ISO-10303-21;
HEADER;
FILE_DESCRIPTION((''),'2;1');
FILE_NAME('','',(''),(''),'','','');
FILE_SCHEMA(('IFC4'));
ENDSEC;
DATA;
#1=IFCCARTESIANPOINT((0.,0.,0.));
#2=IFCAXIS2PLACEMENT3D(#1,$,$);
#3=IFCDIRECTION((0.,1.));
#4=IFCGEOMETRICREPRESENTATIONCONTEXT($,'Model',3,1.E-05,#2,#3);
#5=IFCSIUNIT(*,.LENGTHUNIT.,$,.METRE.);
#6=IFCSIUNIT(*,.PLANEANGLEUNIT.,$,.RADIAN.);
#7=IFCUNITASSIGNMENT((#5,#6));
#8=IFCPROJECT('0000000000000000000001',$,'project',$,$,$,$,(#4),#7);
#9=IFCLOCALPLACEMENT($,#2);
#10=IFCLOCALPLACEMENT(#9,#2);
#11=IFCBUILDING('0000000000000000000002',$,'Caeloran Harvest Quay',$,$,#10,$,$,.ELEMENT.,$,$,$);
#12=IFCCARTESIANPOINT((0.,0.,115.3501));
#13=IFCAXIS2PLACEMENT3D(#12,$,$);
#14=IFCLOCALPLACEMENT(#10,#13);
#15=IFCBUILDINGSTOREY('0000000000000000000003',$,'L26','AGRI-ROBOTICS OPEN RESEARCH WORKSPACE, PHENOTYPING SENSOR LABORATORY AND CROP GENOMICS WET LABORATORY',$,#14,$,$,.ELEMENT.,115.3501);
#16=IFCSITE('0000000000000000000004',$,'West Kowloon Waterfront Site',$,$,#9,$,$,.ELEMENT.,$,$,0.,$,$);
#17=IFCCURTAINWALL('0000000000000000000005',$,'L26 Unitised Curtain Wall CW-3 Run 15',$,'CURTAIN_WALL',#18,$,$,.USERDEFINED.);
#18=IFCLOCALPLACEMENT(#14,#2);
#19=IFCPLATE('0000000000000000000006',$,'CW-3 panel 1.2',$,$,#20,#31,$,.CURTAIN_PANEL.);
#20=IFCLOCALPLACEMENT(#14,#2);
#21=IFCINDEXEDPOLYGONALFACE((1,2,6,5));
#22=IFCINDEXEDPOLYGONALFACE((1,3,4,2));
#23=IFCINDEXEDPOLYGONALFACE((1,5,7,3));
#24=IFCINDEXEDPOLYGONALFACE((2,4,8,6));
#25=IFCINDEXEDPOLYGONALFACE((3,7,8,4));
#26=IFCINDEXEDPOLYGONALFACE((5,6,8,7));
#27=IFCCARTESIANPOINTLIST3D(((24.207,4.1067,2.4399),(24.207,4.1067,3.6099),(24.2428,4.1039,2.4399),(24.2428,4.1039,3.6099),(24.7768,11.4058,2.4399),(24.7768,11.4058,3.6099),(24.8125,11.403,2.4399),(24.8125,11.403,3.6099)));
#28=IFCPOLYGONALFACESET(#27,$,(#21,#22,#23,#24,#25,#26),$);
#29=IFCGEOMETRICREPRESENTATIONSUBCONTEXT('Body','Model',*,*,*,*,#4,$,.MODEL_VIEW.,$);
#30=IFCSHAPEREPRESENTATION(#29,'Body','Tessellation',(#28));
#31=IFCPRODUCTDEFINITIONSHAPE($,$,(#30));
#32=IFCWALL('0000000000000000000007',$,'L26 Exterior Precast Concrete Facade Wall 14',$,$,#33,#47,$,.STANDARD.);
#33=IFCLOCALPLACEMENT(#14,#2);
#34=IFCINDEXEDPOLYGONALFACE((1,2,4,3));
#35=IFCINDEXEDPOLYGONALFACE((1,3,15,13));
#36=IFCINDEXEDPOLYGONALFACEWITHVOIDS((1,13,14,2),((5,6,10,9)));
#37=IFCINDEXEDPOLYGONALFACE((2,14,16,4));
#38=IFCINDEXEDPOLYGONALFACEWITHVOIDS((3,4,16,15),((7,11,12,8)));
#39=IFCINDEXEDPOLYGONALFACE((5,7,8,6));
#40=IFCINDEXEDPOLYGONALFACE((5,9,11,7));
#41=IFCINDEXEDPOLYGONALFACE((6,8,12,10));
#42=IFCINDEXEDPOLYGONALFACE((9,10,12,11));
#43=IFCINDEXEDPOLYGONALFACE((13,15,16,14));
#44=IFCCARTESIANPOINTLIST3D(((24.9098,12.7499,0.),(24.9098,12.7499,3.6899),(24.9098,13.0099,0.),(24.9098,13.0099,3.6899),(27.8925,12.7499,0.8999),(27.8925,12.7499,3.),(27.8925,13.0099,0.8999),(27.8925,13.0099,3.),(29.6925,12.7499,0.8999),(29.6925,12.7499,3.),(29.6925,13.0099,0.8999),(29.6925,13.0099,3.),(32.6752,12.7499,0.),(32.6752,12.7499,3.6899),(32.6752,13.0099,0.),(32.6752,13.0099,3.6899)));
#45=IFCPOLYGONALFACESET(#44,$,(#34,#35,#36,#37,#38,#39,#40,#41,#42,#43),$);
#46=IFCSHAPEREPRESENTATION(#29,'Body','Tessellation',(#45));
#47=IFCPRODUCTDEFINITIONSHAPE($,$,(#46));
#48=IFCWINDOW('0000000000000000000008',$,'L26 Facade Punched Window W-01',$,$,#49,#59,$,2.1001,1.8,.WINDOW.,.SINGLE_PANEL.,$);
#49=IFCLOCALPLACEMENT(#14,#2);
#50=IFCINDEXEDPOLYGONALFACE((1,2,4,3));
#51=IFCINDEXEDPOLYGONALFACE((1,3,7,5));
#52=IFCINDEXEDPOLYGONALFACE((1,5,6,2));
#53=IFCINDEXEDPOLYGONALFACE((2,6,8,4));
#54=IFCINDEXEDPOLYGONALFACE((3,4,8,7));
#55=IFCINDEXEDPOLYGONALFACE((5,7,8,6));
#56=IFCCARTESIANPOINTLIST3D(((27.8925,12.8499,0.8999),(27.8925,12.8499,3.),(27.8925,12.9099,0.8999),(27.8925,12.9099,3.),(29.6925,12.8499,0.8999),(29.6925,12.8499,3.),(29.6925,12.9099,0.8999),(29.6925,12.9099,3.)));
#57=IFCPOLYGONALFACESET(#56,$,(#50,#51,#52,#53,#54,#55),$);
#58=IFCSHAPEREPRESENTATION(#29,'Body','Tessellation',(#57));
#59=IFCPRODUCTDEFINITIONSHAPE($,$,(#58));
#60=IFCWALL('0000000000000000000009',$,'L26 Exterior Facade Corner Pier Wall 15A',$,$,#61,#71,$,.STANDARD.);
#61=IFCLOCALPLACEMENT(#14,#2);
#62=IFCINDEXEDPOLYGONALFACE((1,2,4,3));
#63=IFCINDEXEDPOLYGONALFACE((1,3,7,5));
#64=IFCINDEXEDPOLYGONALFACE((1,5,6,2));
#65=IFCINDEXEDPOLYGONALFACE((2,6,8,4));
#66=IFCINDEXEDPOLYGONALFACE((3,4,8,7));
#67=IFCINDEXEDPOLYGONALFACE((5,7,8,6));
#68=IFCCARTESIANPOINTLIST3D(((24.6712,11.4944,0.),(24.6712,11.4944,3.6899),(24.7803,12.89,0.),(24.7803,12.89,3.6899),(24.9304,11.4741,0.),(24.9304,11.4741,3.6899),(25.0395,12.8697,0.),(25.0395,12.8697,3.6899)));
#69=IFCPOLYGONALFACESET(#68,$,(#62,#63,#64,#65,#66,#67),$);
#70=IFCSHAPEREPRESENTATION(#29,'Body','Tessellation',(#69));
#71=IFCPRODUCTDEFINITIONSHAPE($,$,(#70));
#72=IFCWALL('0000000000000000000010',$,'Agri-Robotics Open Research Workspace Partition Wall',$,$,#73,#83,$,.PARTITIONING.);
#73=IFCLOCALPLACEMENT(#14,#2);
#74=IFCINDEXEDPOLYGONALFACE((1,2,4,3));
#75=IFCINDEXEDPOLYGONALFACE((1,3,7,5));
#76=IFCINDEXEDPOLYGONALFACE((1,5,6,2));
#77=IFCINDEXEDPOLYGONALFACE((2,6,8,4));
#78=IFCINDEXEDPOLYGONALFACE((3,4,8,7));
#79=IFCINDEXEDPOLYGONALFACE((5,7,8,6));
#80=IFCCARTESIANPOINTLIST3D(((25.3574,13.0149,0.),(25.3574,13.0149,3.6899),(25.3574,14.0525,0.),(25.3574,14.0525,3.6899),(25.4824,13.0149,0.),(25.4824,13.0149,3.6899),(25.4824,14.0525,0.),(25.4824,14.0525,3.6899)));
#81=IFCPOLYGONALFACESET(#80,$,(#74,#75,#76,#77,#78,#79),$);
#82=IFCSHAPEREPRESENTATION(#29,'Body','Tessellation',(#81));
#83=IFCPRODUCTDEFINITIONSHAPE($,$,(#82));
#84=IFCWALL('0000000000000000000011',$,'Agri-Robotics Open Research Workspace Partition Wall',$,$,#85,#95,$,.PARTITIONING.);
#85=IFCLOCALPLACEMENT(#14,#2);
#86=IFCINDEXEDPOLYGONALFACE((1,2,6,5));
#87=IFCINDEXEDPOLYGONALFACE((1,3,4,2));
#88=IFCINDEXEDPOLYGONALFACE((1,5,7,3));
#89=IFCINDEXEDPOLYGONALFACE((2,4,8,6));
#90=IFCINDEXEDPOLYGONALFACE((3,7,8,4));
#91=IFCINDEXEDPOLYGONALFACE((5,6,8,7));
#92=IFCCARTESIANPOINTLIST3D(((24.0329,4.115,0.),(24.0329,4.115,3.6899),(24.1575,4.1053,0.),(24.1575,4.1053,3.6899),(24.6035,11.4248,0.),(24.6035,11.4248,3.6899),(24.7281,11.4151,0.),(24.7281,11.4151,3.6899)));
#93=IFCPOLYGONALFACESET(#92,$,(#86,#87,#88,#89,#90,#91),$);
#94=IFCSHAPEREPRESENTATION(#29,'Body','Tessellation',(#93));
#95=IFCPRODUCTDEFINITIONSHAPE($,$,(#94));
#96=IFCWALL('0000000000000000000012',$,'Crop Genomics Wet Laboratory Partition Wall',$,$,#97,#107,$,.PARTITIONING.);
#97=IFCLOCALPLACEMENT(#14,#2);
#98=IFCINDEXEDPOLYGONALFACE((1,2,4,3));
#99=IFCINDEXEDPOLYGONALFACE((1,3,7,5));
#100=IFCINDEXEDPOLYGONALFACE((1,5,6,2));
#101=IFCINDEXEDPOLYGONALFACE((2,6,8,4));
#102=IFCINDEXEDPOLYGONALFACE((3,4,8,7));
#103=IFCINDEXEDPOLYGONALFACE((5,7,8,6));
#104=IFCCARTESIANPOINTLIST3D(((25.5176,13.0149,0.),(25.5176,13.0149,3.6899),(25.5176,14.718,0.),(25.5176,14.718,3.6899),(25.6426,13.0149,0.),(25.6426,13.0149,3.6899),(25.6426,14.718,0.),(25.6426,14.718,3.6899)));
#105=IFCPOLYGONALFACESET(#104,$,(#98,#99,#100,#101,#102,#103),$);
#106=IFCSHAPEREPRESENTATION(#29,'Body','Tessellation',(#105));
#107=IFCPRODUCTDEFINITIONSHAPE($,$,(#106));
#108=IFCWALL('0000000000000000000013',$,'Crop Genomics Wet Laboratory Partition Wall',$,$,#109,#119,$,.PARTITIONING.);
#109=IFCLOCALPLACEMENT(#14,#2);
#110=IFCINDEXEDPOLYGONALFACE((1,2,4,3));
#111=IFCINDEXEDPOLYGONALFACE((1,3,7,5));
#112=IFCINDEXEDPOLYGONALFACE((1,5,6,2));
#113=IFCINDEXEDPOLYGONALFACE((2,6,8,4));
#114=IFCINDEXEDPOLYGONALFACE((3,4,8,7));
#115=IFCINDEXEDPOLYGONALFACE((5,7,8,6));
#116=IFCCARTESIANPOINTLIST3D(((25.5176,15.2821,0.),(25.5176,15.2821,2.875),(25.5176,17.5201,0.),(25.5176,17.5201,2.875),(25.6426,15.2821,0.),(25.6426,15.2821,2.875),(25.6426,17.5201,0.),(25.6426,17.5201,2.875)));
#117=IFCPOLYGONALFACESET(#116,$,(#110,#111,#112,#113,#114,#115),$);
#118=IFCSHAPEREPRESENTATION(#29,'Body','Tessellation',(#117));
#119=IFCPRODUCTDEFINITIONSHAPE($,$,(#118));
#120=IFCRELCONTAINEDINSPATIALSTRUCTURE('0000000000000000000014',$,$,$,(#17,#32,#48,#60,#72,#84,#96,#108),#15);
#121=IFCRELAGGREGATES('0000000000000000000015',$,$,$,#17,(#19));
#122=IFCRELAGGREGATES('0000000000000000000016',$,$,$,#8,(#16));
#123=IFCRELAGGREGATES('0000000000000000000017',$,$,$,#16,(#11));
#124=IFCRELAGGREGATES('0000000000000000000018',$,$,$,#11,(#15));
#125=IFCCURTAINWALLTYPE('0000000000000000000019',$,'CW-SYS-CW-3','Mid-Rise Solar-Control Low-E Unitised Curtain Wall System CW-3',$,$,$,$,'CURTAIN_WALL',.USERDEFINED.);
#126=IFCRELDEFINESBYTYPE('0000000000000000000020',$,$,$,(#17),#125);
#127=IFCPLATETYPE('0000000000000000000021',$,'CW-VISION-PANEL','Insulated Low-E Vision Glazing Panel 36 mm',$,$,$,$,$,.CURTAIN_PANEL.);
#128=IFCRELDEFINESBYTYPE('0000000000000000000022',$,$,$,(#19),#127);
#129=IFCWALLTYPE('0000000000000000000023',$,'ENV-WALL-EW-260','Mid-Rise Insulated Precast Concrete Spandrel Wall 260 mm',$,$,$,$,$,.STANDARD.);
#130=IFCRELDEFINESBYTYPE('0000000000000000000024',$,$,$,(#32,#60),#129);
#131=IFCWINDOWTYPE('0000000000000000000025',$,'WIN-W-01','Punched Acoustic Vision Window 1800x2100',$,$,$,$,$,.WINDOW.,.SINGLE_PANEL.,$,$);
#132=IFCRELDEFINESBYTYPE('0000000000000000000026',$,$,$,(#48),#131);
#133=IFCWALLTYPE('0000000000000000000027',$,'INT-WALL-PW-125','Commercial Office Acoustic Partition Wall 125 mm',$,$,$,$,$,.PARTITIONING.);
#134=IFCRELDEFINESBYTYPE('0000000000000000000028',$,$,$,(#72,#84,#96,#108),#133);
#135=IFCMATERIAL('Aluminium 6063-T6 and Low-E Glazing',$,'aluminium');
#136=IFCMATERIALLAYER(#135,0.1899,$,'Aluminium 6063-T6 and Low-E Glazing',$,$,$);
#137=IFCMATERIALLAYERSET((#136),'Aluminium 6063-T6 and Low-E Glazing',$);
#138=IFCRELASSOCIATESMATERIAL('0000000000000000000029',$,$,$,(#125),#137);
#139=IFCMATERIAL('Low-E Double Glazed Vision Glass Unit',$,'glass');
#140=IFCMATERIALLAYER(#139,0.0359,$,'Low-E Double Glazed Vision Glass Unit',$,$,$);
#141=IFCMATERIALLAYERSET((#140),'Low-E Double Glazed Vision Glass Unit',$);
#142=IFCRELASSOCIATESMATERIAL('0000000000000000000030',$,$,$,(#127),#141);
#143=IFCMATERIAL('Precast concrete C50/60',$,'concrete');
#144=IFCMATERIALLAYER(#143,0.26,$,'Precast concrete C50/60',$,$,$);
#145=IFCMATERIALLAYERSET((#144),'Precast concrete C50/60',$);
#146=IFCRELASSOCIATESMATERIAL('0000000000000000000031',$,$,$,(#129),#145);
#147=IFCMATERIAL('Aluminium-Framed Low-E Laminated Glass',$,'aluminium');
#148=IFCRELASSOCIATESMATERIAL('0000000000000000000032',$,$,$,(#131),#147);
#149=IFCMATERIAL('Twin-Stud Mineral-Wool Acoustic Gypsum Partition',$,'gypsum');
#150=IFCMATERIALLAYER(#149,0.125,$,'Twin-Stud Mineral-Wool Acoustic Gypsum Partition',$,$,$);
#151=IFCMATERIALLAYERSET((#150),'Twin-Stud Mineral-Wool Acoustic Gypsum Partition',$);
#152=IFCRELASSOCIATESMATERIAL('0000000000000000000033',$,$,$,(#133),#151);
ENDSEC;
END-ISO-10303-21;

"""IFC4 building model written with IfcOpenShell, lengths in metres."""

from ifc_helpers import new_model, si_unit, direction, frame, frame_2d, origin, origin_2d, place, context, subcontext, project, spatial, rectangle, extrude, material, layer, layer_set, type_object, element, fill, aggregate, save


model = new_model("IFC4")

# Units and contexts
model_context = context("Model", 3, precision=1e-05, world=origin(), true_north=direction((0.0, 1.0)))
body_context = subcontext(model_context, "Body", "Model", "MODEL_VIEW")
ifc_project = project(units=[si_unit("LENGTHUNIT", "METRE"), si_unit("PLANEANGLEUNIT", "RADIAN")], contexts=[model_context])

# Site, building, storey
site_placement = place(None, origin())
site = spatial("IfcSite", under=ifc_project, at=site_placement, Name="West Kowloon Waterfront Site", CompositionType="ELEMENT", RefElevation=0.0)
building_placement = place(site_placement, origin())
building = spatial("IfcBuilding", under=site, at=building_placement, Name="Caeloran Harvest Quay", CompositionType="ELEMENT")
storey_placement = place(building_placement, frame((0.0, 0.0, 115.3501)))
storey = spatial("IfcBuildingStorey", under=building, at=storey_placement, Name="L26", Description="AGRI-ROBOTICS OPEN RESEARCH WORKSPACE, PHENOTYPING SENSOR LABORATORY AND CROP GENOMICS WET LABORATORY", CompositionType="ELEMENT", Elevation=115.3501)

# Curtain wall, plate
ifc_material_1 = material(Name="Aluminium 6063-T6 and Low-E Glazing", Category="aluminium")
ifc_layer_1 = layer(ifc_material_1, 0.1899, Name="Aluminium 6063-T6 and Low-E Glazing")
ifc_layer_set_1 = layer_set([ifc_layer_1], Name="Aluminium 6063-T6 and Low-E Glazing")
curtain_wall_type = type_object("IfcCurtainWallType", Name="CW-SYS-CW-3", Description="Mid-Rise Solar-Control Low-E Unitised Curtain Wall System CW-3", ElementType="CURTAIN_WALL", PredefinedType="USERDEFINED", material=ifc_layer_set_1)
curtain_wall_placement = place(storey_placement, origin())
curtain_wall = element("IfcCurtainWall", 1, at=curtain_wall_placement, inside=storey, type_object=curtain_wall_type, Name="L26 Unitised Curtain Wall CW-3 Run 15", ObjectType="CURTAIN_WALL", PredefinedType="USERDEFINED")
ifc_material_2 = material(Name="Low-E Double Glazed Vision Glass Unit", Category="glass")
ifc_layer_2 = layer(ifc_material_2, 0.0359, Name="Low-E Double Glazed Vision Glass Unit")
ifc_layer_set_2 = layer_set([ifc_layer_2], Name="Low-E Double Glazed Vision Glass Unit")
plate_type = type_object("IfcPlateType", Name="CW-VISION-PANEL", Description="Insulated Low-E Vision Glazing Panel 36 mm", PredefinedType="CURTAIN_PANEL", material=ifc_layer_set_2)
plate_placement = place(storey_placement, frame((24.5098, 7.7549, 2.4399), z_axis=(0.0, 0.0, 1.0), x_axis=(-0.077822, -0.996967, 0.0)))
plate = element("IfcPlate", 2, at=plate_placement, type_object=plate_type, Name="CW-3 panel 1.2", PredefinedType="CURTAIN_PANEL", context=body_context, shape_type="SweptSolid", body=[
    extrude(rectangle(XDim=7.3213, YDim=0.0359, at=origin_2d()), origin(), (0.0, 0.0, 1.0), 1.1699),
])
aggregate(curtain_wall, [plate])

# Wall, opening, window
ifc_material_3 = material(Name="Precast concrete C50/60", Category="concrete")
ifc_layer_3 = layer(ifc_material_3, 0.26, Name="Precast concrete C50/60")
ifc_layer_set_3 = layer_set([ifc_layer_3], Name="Precast concrete C50/60")
wall_type_1 = type_object("IfcWallType", Name="ENV-WALL-EW-260", Description="Mid-Rise Insulated Precast Concrete Spandrel Wall 260 mm", PredefinedType="STANDARD", material=ifc_layer_set_3)
wall_1_placement = place(storey_placement, frame((32.6753, 12.8799, 0.0), z_axis=(0.0, 0.0, 1.0), x_axis=(-1.0, 0.0, 0.0)))
wall_1 = element("IfcWall", 3, at=wall_1_placement, inside=storey, type_object=wall_type_1, Name="L26 Exterior Precast Concrete Facade Wall 14", PredefinedType="STANDARD", context=body_context, shape_type="SweptSolid", body=[
    extrude(rectangle(XDim=7.7654, YDim=0.26, at=frame_2d((3.8828, 0.0))), origin(), (0.0, 0.0, 1.0), 3.6899),
])
opening_placement = place(wall_1_placement, frame((2.9829, 0.0, 0.8999)))
opening = element("IfcOpeningElement", 4, at=opening_placement, cuts=wall_1, PredefinedType="OPENING", context=body_context, shape_type="SweptSolid", body=[
    extrude(rectangle(XDim=1.8, YDim=2.1001, at=frame_2d((0.8999, 1.05))), frame((0.0, 0.1401, 0.0), z_axis=(0.0, -1.0, 0.0), x_axis=(1.0, 0.0, 0.0)), (0.0, 0.0, 1.0), 0.28),
])
ifc_material_4 = material(Name="Aluminium-Framed Low-E Laminated Glass", Category="aluminium")
window_type = type_object("IfcWindowType", Name="WIN-W-01", Description="Punched Acoustic Vision Window 1800x2100", PartitioningType="SINGLE_PANEL", PredefinedType="WINDOW", material=ifc_material_4)
window_placement = place(opening_placement, origin())
window = element("IfcWindow", 5, at=window_placement, inside=storey, type_object=window_type, Name="L26 Facade Punched Window W-01", OverallHeight=2.1001, OverallWidth=1.8, PartitioningType="SINGLE_PANEL", PredefinedType="WINDOW", context=body_context, shape_type="SweptSolid", body=[
    extrude(rectangle(XDim=1.8, YDim=2.1001, at=frame_2d((0.8999, 1.05))), frame((0.0, 0.03, 0.0), z_axis=(0.0, -1.0, 0.0), x_axis=(1.0, 0.0, 0.0)), (0.0, 0.0, 1.0), 0.0601),
])
fill(opening, window)

# Walls
wall_2_placement = place(storey_placement, frame((24.9099, 12.8799, 0.0), z_axis=(0.0, 0.0, 1.0), x_axis=(-0.07795, -0.996957, 0.0)))
element("IfcWall", 6, at=wall_2_placement, inside=storey, type_object=wall_type_1, Name="L26 Exterior Facade Corner Pier Wall 15A", PredefinedType="STANDARD", context=body_context, shape_type="SweptSolid", body=[
    extrude(rectangle(XDim=1.3999, YDim=0.26, at=frame_2d((0.7, 0.0))), origin(), (0.0, 0.0, 1.0), 3.6899),
])
ifc_material_5 = material(Name="Twin-Stud Mineral-Wool Acoustic Gypsum Partition", Category="gypsum")
ifc_layer_4 = layer(ifc_material_5, 0.125, Name="Twin-Stud Mineral-Wool Acoustic Gypsum Partition")
ifc_layer_set_4 = layer_set([ifc_layer_4], Name="Twin-Stud Mineral-Wool Acoustic Gypsum Partition")
wall_type_2 = type_object("IfcWallType", Name="INT-WALL-PW-125", Description="Commercial Office Acoustic Partition Wall 125 mm", PredefinedType="PARTITIONING", material=ifc_layer_set_4)
wall_3_placement = place(storey_placement, frame((25.4199, 14.0525, 0.0), z_axis=(0.0, 0.0, 1.0), x_axis=(0.0, -1.0, 0.0)))
element("IfcWall", 7, at=wall_3_placement, inside=storey, type_object=wall_type_2, Name="Agri-Robotics Open Research Workspace Partition Wall", PredefinedType="PARTITIONING", context=body_context, shape_type="SweptSolid", body=[
    extrude(rectangle(XDim=1.0376, YDim=0.125, at=frame_2d((0.5188, 0.0))), origin(), (0.0, 0.0, 1.0), 3.6899),
])
wall_4_placement = place(storey_placement, frame((24.6658, 11.4199, 0.0), z_axis=(0.0, 0.0, 1.0), x_axis=(-0.077817, -0.996968, 0.0)))
element("IfcWall", 8, at=wall_4_placement, inside=storey, type_object=wall_type_2, Name="Agri-Robotics Open Research Workspace Partition Wall", PredefinedType="PARTITIONING", context=body_context, shape_type="SweptSolid", body=[
    extrude(rectangle(XDim=7.332, YDim=0.125, at=frame_2d((3.666, 0.0))), origin(), (0.0, 0.0, 1.0), 3.6899),
])
wall_5_placement = place(storey_placement, frame((25.5801, 13.0149, 0.0), z_axis=(0.0, 0.0, 1.0), x_axis=(0.0, 1.0, 0.0)))
element("IfcWall", 9, at=wall_5_placement, inside=storey, type_object=wall_type_2, Name="Crop Genomics Wet Laboratory Partition Wall", PredefinedType="PARTITIONING", context=body_context, shape_type="SweptSolid", body=[
    extrude(rectangle(XDim=1.7031, YDim=0.125, at=frame_2d((0.8516, 0.0))), origin(), (0.0, 0.0, 1.0), 3.6899),
])
wall_6_placement = place(storey_placement, frame((25.5801, 15.282, 0.0), z_axis=(0.0, 0.0, 1.0), x_axis=(0.0, 1.0, 0.0)))
element("IfcWall", 10, at=wall_6_placement, inside=storey, type_object=wall_type_2, Name="Crop Genomics Wet Laboratory Partition Wall", PredefinedType="PARTITIONING", context=body_context, shape_type="SweptSolid", body=[
    extrude(rectangle(XDim=2.238, YDim=0.125, at=frame_2d((1.1191, 0.0))), origin(), (0.0, 0.0, 1.0), 2.875),
])

save(model, "model.ifc")
